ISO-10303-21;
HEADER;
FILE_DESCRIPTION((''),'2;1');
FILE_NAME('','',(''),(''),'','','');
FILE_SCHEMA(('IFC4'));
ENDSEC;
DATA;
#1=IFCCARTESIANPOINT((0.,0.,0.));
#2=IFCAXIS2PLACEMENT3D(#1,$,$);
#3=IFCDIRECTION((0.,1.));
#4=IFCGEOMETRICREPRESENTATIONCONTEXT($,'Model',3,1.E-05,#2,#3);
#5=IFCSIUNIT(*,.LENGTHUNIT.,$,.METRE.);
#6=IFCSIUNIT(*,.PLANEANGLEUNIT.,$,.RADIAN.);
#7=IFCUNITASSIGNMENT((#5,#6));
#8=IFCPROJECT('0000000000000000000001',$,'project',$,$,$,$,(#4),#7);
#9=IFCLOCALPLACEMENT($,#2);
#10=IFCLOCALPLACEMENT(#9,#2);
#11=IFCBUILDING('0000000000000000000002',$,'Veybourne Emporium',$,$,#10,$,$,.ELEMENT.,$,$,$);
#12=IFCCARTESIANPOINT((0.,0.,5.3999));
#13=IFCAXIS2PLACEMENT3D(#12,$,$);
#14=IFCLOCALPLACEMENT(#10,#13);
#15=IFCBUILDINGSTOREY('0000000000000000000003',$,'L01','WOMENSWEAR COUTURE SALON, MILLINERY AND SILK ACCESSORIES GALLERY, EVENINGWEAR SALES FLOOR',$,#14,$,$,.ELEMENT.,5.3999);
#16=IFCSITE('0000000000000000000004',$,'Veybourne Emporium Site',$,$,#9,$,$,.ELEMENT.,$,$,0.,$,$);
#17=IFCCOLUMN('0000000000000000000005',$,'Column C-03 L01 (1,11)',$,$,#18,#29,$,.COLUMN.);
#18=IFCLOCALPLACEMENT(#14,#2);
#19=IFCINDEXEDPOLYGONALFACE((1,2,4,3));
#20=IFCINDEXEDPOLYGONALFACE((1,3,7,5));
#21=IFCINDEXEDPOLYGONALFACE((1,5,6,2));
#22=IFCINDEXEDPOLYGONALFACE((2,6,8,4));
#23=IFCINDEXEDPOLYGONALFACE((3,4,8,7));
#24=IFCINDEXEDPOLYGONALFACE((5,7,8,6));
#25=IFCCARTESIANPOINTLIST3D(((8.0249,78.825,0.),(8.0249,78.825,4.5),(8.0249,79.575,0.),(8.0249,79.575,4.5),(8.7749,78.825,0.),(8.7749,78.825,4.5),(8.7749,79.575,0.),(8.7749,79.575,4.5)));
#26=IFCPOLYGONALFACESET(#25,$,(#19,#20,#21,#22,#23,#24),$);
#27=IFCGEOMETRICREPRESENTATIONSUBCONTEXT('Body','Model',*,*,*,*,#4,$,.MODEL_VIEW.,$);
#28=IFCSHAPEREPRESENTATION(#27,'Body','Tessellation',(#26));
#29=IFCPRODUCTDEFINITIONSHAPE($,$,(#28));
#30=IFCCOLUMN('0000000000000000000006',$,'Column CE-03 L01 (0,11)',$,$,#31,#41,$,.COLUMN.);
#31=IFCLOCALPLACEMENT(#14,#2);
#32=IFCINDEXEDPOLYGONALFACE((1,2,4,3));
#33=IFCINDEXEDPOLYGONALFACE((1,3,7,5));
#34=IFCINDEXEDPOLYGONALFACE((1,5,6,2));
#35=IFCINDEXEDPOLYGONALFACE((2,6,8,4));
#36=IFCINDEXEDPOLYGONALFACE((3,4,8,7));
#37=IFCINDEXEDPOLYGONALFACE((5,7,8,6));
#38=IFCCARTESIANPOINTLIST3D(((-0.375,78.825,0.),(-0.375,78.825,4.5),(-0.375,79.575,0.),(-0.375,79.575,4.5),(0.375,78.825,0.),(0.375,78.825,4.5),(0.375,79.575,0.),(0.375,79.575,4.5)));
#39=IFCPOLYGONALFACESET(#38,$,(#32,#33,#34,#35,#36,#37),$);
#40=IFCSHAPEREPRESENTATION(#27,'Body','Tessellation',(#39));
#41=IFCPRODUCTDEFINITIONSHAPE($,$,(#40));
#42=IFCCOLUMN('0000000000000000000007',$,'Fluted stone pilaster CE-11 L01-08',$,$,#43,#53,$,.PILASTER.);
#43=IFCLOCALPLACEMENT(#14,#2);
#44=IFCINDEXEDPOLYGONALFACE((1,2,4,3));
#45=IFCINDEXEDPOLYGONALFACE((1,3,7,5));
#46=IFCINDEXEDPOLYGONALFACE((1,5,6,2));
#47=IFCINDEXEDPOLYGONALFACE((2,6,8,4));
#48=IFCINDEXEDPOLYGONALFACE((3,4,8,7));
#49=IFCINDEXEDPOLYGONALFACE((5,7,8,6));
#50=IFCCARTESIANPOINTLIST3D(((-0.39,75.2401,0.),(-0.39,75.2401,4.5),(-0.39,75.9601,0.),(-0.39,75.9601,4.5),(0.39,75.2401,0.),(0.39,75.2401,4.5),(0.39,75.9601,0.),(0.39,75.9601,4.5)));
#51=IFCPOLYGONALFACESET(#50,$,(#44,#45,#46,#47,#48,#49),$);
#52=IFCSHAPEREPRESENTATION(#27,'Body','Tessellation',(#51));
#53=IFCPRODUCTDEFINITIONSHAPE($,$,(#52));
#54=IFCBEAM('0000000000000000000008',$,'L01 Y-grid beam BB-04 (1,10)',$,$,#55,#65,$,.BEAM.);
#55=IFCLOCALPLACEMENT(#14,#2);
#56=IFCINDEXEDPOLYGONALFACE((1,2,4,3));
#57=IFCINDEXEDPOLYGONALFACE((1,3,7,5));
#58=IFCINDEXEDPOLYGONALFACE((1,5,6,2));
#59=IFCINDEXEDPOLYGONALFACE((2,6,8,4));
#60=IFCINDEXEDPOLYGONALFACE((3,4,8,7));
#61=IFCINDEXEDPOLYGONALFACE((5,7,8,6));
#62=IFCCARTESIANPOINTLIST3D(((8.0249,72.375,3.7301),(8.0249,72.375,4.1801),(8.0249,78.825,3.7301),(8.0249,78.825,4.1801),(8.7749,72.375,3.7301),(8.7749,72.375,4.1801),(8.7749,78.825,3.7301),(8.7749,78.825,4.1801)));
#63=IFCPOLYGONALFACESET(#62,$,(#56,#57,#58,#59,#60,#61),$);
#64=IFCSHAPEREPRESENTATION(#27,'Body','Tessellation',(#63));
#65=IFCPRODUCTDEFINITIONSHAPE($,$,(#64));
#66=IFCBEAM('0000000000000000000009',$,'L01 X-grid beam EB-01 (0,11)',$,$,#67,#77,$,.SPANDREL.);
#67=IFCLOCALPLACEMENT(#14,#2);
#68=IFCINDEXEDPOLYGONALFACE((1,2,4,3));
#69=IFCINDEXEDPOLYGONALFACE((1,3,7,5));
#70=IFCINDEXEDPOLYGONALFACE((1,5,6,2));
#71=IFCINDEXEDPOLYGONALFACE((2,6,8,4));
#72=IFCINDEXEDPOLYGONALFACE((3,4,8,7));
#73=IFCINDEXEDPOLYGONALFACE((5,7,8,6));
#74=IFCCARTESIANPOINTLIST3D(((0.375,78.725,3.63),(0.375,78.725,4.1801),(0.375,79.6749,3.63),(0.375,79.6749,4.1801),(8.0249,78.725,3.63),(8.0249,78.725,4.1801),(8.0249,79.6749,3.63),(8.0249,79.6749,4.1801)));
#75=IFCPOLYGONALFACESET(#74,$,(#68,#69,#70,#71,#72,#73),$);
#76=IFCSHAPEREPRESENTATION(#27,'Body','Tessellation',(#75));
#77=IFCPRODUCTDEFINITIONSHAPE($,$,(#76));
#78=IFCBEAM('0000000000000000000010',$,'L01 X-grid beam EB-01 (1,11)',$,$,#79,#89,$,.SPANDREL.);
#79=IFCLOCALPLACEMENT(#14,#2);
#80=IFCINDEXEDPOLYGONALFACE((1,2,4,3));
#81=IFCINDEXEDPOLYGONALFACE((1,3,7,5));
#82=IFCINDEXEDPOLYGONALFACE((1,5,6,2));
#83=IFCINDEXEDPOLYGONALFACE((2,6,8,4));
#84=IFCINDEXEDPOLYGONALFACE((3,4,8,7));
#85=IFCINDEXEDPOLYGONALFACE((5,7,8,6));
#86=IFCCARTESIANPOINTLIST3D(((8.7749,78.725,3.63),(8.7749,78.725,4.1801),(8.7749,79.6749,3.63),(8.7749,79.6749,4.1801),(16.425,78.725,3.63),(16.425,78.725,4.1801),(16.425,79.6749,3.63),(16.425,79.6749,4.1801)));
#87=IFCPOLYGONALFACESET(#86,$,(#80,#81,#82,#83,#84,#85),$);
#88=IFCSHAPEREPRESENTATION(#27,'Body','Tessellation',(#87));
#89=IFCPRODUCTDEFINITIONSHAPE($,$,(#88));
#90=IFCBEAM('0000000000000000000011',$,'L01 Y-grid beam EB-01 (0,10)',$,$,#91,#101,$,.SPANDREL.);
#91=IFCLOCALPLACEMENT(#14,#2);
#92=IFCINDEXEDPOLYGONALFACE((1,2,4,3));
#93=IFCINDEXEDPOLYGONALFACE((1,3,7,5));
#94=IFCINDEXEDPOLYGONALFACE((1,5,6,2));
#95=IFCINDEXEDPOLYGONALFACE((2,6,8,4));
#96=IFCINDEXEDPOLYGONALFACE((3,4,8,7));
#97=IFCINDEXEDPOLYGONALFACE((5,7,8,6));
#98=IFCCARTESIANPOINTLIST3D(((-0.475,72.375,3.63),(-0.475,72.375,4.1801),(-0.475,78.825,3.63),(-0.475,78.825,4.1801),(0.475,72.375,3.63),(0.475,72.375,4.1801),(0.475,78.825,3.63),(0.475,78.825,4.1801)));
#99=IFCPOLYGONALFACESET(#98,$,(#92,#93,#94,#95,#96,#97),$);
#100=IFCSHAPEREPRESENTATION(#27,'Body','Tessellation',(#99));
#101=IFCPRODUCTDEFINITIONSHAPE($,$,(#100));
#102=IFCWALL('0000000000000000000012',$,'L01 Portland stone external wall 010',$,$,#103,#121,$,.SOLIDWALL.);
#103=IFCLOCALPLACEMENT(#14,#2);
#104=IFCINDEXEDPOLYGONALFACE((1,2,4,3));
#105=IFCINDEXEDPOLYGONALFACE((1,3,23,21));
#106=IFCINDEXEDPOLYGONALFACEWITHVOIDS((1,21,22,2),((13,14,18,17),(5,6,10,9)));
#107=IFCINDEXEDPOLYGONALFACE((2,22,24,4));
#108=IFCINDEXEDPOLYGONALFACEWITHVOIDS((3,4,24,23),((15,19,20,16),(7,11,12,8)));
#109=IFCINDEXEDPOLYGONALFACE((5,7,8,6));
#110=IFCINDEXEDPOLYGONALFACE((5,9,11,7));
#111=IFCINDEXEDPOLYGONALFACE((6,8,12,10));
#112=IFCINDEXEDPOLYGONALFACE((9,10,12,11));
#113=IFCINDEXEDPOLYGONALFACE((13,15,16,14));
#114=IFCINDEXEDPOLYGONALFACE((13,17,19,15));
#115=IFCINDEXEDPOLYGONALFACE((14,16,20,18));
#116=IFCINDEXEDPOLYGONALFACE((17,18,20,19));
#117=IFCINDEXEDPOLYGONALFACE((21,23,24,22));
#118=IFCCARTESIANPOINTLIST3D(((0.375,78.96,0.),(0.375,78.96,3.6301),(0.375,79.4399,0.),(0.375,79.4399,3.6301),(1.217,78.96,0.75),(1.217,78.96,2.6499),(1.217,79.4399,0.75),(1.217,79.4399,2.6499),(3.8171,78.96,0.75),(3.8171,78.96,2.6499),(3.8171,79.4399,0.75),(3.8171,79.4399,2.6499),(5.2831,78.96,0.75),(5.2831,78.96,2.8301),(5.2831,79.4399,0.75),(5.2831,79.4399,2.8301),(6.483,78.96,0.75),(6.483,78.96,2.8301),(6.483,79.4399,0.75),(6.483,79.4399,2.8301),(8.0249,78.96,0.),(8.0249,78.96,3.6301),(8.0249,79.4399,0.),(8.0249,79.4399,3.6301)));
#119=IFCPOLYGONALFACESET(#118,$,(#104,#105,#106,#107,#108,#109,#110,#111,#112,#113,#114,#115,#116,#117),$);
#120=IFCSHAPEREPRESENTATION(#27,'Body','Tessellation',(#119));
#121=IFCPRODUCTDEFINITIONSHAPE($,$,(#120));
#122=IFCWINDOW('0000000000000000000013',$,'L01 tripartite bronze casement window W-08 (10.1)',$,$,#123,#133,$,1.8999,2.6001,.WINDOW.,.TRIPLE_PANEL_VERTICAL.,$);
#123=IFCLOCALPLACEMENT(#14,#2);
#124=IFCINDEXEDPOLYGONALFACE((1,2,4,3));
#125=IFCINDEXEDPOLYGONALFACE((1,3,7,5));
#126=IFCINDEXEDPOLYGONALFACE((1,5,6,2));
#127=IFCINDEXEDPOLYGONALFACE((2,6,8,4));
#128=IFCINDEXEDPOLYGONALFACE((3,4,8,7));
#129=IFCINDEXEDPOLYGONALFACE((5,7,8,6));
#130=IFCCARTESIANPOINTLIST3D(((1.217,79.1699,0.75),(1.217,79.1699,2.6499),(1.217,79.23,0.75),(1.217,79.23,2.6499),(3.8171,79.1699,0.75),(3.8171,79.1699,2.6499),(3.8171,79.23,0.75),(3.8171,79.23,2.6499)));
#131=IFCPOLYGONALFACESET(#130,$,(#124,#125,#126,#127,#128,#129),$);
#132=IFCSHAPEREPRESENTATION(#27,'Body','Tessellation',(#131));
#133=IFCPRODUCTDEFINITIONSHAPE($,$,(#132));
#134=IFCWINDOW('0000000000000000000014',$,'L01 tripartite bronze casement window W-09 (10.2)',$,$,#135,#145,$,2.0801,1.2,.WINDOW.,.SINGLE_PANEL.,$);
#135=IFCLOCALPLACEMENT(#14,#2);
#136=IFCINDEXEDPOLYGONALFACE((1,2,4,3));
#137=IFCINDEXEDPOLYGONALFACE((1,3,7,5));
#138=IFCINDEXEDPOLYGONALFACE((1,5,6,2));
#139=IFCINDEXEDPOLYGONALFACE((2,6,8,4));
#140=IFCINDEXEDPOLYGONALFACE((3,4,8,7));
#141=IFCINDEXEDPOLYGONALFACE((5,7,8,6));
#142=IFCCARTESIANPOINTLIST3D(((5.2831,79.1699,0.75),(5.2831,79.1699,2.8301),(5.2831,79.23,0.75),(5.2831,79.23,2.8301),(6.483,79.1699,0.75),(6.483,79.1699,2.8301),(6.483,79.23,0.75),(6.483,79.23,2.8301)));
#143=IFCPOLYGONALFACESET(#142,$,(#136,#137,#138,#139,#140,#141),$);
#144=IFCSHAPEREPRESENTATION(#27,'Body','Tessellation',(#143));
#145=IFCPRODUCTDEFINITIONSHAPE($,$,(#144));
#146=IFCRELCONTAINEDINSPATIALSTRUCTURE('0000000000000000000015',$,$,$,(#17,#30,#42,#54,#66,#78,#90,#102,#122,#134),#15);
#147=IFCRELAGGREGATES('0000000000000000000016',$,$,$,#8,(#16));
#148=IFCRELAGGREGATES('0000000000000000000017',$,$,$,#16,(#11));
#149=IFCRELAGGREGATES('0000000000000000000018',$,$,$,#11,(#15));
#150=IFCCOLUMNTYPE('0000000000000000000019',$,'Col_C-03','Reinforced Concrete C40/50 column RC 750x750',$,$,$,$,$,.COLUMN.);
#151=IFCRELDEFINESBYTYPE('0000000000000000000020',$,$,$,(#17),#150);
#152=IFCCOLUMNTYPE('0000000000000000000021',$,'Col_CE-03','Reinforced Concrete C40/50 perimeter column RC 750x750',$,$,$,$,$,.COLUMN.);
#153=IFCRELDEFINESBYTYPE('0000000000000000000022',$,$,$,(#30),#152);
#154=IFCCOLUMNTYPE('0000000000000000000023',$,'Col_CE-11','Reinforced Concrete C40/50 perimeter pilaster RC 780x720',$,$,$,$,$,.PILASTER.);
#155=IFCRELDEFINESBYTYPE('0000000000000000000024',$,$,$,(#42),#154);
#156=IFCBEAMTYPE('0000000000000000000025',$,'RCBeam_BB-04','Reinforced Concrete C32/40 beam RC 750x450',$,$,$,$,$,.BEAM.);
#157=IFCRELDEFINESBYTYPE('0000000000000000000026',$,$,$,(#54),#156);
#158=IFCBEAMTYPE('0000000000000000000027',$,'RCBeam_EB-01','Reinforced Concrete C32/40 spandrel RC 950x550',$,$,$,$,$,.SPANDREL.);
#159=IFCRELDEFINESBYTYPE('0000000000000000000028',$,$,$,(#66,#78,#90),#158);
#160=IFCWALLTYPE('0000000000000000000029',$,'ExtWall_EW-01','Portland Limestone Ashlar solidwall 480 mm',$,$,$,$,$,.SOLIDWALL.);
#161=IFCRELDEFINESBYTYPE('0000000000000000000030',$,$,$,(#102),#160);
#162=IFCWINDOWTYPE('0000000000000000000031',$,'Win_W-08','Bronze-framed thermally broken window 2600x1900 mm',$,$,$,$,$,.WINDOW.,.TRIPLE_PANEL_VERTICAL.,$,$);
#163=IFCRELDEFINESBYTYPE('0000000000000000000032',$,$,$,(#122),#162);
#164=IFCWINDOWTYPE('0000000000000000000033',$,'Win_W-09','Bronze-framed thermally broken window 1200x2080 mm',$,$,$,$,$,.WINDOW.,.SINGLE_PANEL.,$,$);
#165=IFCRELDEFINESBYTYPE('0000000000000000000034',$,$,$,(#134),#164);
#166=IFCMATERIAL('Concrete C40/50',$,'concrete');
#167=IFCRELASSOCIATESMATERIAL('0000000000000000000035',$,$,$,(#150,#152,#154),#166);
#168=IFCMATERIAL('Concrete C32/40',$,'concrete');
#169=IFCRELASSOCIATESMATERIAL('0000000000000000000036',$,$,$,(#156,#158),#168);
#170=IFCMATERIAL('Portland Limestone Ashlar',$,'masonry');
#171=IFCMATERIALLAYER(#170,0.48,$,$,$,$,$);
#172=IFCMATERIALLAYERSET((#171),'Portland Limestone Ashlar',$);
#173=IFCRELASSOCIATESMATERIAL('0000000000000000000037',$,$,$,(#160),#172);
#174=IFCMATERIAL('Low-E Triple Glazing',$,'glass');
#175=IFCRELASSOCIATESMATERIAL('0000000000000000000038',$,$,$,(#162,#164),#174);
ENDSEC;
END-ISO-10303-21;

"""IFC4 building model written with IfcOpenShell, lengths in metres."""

from ifc_helpers import new_model, si_unit, direction, frame, frame_2d, origin, origin_2d, place, context, subcontext, project, spatial, rectangle, extrude, material, layer, layer_set, material_profile, profile_set, type_object, element, fill, save


model = new_model("IFC4")

# Units and contexts
model_context = context("Model", 3, precision=1e-05, world=origin(), true_north=direction((0.0, 1.0)))
body_context = subcontext(model_context, "Body", "Model", "MODEL_VIEW")
ifc_project = project(units=[si_unit("LENGTHUNIT", "METRE"), si_unit("PLANEANGLEUNIT", "RADIAN")], contexts=[model_context])

# Site, building, storey
site_placement = place(None, origin())
site = spatial("IfcSite", under=ifc_project, at=site_placement, Name="Veybourne Emporium Site", CompositionType="ELEMENT", RefElevation=0.0)
building_placement = place(site_placement, origin())
building = spatial("IfcBuilding", under=site, at=building_placement, Name="Veybourne Emporium", CompositionType="ELEMENT")
storey_placement = place(building_placement, frame((0.0, 0.0, 5.3999)))
storey = spatial("IfcBuildingStorey", under=building, at=storey_placement, Name="L01", Description="WOMENSWEAR COUTURE SALON, MILLINERY AND SILK ACCESSORIES GALLERY, EVENINGWEAR SALES FLOOR", CompositionType="ELEMENT", Elevation=5.3999)

# Columns
ifc_material_1 = material(Name="Concrete C40/50", Category="concrete")
ifc_material_profile_1 = material_profile(ifc_material_1, rectangle(XDim=0.75, YDim=0.75, at=origin_2d()), Name="RC 750x750")
ifc_profile_set_1 = profile_set([ifc_material_profile_1], Name="Concrete C40/50")
column_type_1 = type_object("IfcColumnType", Name="Col_C-03", Description="Reinforced Concrete C40/50 column RC 750x750", PredefinedType="COLUMN", material=ifc_profile_set_1)
column_1_placement = place(storey_placement, frame((8.3999, 79.2, 0.0), z_axis=(0.0, 0.0, 1.0), x_axis=(1.0, 0.0, 0.0)))
element("IfcColumn", 1, at=column_1_placement, inside=storey, type_object=column_type_1, Name="Column C-03 L01 (1,11)", PredefinedType="COLUMN", context=body_context, shape_type="SweptSolid", body=[
    extrude(rectangle(XDim=0.75, YDim=0.75, at=origin_2d()), origin(), (0.0, 0.0, 1.0), 4.5),
])
ifc_material_profile_2 = material_profile(ifc_material_1, rectangle(XDim=0.75, YDim=0.75, at=origin_2d()), Name="RC 750x750")
ifc_profile_set_2 = profile_set([ifc_material_profile_2], Name="Concrete C40/50")
column_type_2 = type_object("IfcColumnType", Name="Col_CE-03", Description="Reinforced Concrete C40/50 perimeter column RC 750x750", PredefinedType="COLUMN", material=ifc_profile_set_2)
column_2_placement = place(storey_placement, frame((0.0, 79.2, 0.0), z_axis=(0.0, 0.0, 1.0), x_axis=(1.0, 0.0, 0.0)))
element("IfcColumn", 2, at=column_2_placement, inside=storey, type_object=column_type_2, Name="Column CE-03 L01 (0,11)", PredefinedType="COLUMN", context=body_context, shape_type="SweptSolid", body=[
    extrude(rectangle(XDim=0.75, YDim=0.75, at=origin_2d()), origin(), (0.0, 0.0, 1.0), 4.5),
])
ifc_material_profile_3 = material_profile(ifc_material_1, rectangle(XDim=0.78, YDim=0.72, at=origin_2d()), Name="RC 780x720")
ifc_profile_set_3 = profile_set([ifc_material_profile_3], Name="Concrete C40/50")
column_type_3 = type_object("IfcColumnType", Name="Col_CE-11", Description="Reinforced Concrete C40/50 perimeter pilaster RC 780x720", PredefinedType="PILASTER", material=ifc_profile_set_3)
column_3_placement = place(storey_placement, frame((0.0, 75.6001, 0.0), z_axis=(0.0, 0.0, 1.0), x_axis=(1.0, 0.0, 0.0)))
element("IfcColumn", 3, at=column_3_placement, inside=storey, type_object=column_type_3, Name="Fluted stone pilaster CE-11 L01-08", PredefinedType="PILASTER", context=body_context, shape_type="SweptSolid", body=[
    extrude(rectangle(XDim=0.78, YDim=0.72, at=origin_2d()), origin(), (0.0, 0.0, 1.0), 4.5),
])

# Beams
ifc_material_2 = material(Name="Concrete C32/40", Category="concrete")
ifc_material_profile_4 = material_profile(ifc_material_2, rectangle(XDim=0.75, YDim=0.45, at=origin_2d()), Name="RC 750x450")
ifc_profile_set_4 = profile_set([ifc_material_profile_4], Name="Concrete C32/40")
beam_type_1 = type_object("IfcBeamType", Name="RCBeam_BB-04", Description="Reinforced Concrete C32/40 beam RC 750x450", PredefinedType="BEAM", material=ifc_profile_set_4)
beam_1_placement = place(storey_placement, frame((8.3999, 72.375, 3.9551), z_axis=(0.0, 1.0, 0.0), x_axis=(-1.0, 0.0, 0.0)))
element("IfcBeam", 4, at=beam_1_placement, inside=storey, type_object=beam_type_1, Name="L01 Y-grid beam BB-04 (1,10)", PredefinedType="BEAM", context=body_context, shape_type="SweptSolid", body=[
    extrude(rectangle(XDim=0.75, YDim=0.45, at=origin_2d()), origin(), (0.0, 0.0, 1.0), 6.45),
])
ifc_material_profile_5 = material_profile(ifc_material_2, rectangle(XDim=0.95, YDim=0.55, at=origin_2d()), Name="RC 950x550")
ifc_profile_set_5 = profile_set([ifc_material_profile_5], Name="Concrete C32/40")
beam_type_2 = type_object("IfcBeamType", Name="RCBeam_EB-01", Description="Reinforced Concrete C32/40 spandrel RC 950x550", PredefinedType="SPANDREL", material=ifc_profile_set_5)
beam_2_placement = place(storey_placement, frame((0.375, 79.2, 3.905), z_axis=(1.0, 0.0, 0.0), x_axis=(0.0, 1.0, 0.0)))
element("IfcBeam", 5, at=beam_2_placement, inside=storey, type_object=beam_type_2, Name="L01 X-grid beam EB-01 (0,11)", PredefinedType="SPANDREL", context=body_context, shape_type="SweptSolid", body=[
    extrude(rectangle(XDim=0.95, YDim=0.55, at=origin_2d()), origin(), (0.0, 0.0, 1.0), 7.6499),
])
beam_3_placement = place(storey_placement, frame((8.7749, 79.2, 3.905), z_axis=(1.0, 0.0, 0.0), x_axis=(0.0, 1.0, 0.0)))
element("IfcBeam", 6, at=beam_3_placement, inside=storey, type_object=beam_type_2, Name="L01 X-grid beam EB-01 (1,11)", PredefinedType="SPANDREL", context=body_context, shape_type="SweptSolid", body=[
    extrude(rectangle(XDim=0.95, YDim=0.55, at=origin_2d()), origin(), (0.0, 0.0, 1.0), 7.6501),
])
beam_4_placement = place(storey_placement, frame((0.0, 72.375, 3.905), z_axis=(0.0, 1.0, 0.0), x_axis=(-1.0, 0.0, 0.0)))
element("IfcBeam", 7, at=beam_4_placement, inside=storey, type_object=beam_type_2, Name="L01 Y-grid beam EB-01 (0,10)", PredefinedType="SPANDREL", context=body_context, shape_type="SweptSolid", body=[
    extrude(rectangle(XDim=0.95, YDim=0.55, at=origin_2d()), origin(), (0.0, 0.0, 1.0), 6.45),
])

# Wall, openings, windows
ifc_material_3 = material(Name="Portland Limestone Ashlar", Category="masonry")
ifc_layer_1 = layer(ifc_material_3, 0.48)
ifc_layer_set_1 = layer_set([ifc_layer_1], Name="Portland Limestone Ashlar")
wall_type = type_object("IfcWallType", Name="ExtWall_EW-01", Description="Portland Limestone Ashlar solidwall 480 mm", PredefinedType="SOLIDWALL", material=ifc_layer_set_1)
wall_1_placement = place(storey_placement, frame((0.375, 79.2, 0.0), z_axis=(0.0, 0.0, 1.0), x_axis=(1.0, 0.0, 0.0)))
wall_1 = element("IfcWall", 8, at=wall_1_placement, inside=storey, type_object=wall_type, Name="L01 Portland stone external wall 010", PredefinedType="SOLIDWALL", context=body_context, shape_type="SweptSolid", body=[
    extrude(rectangle(XDim=7.6499, YDim=0.48, at=frame_2d((3.825, 0.0))), origin(), (0.0, 0.0, 1.0), 3.6301),
])
opening_1_placement = place(wall_1_placement, frame((0.842, 0.0, 0.75)))
opening_1 = element("IfcOpeningElement", 9, at=opening_1_placement, cuts=wall_1, PredefinedType="OPENING", context=body_context, shape_type="SweptSolid", body=[
    extrude(rectangle(XDim=2.6001, YDim=1.8999, at=frame_2d((1.3, 0.95))), frame((0.0, 0.26, 0.0), z_axis=(0.0, -1.0, 0.0), x_axis=(1.0, 0.0, 0.0)), (0.0, 0.0, 1.0), 0.52),
])
opening_2_placement = place(wall_1_placement, frame((4.908, 0.0, 0.75)))
opening_2 = element("IfcOpeningElement", 10, at=opening_2_placement, cuts=wall_1, PredefinedType="OPENING", context=body_context, shape_type="SweptSolid", body=[
    extrude(rectangle(XDim=1.2, YDim=2.0801, at=frame_2d((0.6001, 1.04))), frame((0.0, 0.26, 0.0), z_axis=(0.0, -1.0, 0.0), x_axis=(1.0, 0.0, 0.0)), (0.0, 0.0, 1.0), 0.52),
])
ifc_material_4 = material(Name="Low-E Triple Glazing", Category="glass")
window_type_1 = type_object("IfcWindowType", Name="Win_W-08", Description="Bronze-framed thermally broken window 2600x1900 mm", PartitioningType="TRIPLE_PANEL_VERTICAL", PredefinedType="WINDOW", material=ifc_material_4)
window_1_placement = place(opening_1_placement, origin())
window_1 = element("IfcWindow", 11, at=window_1_placement, inside=storey, type_object=window_type_1, Name="L01 tripartite bronze casement window W-08 (10.1)", OverallHeight=1.8999, OverallWidth=2.6001, PartitioningType="TRIPLE_PANEL_VERTICAL", PredefinedType="WINDOW", context=body_context, shape_type="SweptSolid", body=[
    extrude(rectangle(XDim=2.6001, YDim=1.8999, at=frame_2d((1.3, 0.95))), frame((0.0, 0.03, 0.0), z_axis=(0.0, -1.0, 0.0), x_axis=(1.0, 0.0, 0.0)), (0.0, 0.0, 1.0), 0.0601),
])
fill(opening_1, window_1)
window_type_2 = type_object("IfcWindowType", Name="Win_W-09", Description="Bronze-framed thermally broken window 1200x2080 mm", PartitioningType="SINGLE_PANEL", PredefinedType="WINDOW", material=ifc_material_4)
window_2_placement = place(opening_2_placement, origin())
window_2 = element("IfcWindow", 12, at=window_2_placement, inside=storey, type_object=window_type_2, Name="L01 tripartite bronze casement window W-09 (10.2)", OverallHeight=2.0801, OverallWidth=1.2, PartitioningType="SINGLE_PANEL", PredefinedType="WINDOW", context=body_context, shape_type="SweptSolid", body=[
    extrude(rectangle(XDim=1.2, YDim=2.0801, at=frame_2d((0.6001, 1.04))), frame((0.0, 0.03, 0.0), z_axis=(0.0, -1.0, 0.0), x_axis=(1.0, 0.0, 0.0)), (0.0, 0.0, 1.0), 0.0601),
])
fill(opening_2, window_2)

save(model, "model.ifc")
